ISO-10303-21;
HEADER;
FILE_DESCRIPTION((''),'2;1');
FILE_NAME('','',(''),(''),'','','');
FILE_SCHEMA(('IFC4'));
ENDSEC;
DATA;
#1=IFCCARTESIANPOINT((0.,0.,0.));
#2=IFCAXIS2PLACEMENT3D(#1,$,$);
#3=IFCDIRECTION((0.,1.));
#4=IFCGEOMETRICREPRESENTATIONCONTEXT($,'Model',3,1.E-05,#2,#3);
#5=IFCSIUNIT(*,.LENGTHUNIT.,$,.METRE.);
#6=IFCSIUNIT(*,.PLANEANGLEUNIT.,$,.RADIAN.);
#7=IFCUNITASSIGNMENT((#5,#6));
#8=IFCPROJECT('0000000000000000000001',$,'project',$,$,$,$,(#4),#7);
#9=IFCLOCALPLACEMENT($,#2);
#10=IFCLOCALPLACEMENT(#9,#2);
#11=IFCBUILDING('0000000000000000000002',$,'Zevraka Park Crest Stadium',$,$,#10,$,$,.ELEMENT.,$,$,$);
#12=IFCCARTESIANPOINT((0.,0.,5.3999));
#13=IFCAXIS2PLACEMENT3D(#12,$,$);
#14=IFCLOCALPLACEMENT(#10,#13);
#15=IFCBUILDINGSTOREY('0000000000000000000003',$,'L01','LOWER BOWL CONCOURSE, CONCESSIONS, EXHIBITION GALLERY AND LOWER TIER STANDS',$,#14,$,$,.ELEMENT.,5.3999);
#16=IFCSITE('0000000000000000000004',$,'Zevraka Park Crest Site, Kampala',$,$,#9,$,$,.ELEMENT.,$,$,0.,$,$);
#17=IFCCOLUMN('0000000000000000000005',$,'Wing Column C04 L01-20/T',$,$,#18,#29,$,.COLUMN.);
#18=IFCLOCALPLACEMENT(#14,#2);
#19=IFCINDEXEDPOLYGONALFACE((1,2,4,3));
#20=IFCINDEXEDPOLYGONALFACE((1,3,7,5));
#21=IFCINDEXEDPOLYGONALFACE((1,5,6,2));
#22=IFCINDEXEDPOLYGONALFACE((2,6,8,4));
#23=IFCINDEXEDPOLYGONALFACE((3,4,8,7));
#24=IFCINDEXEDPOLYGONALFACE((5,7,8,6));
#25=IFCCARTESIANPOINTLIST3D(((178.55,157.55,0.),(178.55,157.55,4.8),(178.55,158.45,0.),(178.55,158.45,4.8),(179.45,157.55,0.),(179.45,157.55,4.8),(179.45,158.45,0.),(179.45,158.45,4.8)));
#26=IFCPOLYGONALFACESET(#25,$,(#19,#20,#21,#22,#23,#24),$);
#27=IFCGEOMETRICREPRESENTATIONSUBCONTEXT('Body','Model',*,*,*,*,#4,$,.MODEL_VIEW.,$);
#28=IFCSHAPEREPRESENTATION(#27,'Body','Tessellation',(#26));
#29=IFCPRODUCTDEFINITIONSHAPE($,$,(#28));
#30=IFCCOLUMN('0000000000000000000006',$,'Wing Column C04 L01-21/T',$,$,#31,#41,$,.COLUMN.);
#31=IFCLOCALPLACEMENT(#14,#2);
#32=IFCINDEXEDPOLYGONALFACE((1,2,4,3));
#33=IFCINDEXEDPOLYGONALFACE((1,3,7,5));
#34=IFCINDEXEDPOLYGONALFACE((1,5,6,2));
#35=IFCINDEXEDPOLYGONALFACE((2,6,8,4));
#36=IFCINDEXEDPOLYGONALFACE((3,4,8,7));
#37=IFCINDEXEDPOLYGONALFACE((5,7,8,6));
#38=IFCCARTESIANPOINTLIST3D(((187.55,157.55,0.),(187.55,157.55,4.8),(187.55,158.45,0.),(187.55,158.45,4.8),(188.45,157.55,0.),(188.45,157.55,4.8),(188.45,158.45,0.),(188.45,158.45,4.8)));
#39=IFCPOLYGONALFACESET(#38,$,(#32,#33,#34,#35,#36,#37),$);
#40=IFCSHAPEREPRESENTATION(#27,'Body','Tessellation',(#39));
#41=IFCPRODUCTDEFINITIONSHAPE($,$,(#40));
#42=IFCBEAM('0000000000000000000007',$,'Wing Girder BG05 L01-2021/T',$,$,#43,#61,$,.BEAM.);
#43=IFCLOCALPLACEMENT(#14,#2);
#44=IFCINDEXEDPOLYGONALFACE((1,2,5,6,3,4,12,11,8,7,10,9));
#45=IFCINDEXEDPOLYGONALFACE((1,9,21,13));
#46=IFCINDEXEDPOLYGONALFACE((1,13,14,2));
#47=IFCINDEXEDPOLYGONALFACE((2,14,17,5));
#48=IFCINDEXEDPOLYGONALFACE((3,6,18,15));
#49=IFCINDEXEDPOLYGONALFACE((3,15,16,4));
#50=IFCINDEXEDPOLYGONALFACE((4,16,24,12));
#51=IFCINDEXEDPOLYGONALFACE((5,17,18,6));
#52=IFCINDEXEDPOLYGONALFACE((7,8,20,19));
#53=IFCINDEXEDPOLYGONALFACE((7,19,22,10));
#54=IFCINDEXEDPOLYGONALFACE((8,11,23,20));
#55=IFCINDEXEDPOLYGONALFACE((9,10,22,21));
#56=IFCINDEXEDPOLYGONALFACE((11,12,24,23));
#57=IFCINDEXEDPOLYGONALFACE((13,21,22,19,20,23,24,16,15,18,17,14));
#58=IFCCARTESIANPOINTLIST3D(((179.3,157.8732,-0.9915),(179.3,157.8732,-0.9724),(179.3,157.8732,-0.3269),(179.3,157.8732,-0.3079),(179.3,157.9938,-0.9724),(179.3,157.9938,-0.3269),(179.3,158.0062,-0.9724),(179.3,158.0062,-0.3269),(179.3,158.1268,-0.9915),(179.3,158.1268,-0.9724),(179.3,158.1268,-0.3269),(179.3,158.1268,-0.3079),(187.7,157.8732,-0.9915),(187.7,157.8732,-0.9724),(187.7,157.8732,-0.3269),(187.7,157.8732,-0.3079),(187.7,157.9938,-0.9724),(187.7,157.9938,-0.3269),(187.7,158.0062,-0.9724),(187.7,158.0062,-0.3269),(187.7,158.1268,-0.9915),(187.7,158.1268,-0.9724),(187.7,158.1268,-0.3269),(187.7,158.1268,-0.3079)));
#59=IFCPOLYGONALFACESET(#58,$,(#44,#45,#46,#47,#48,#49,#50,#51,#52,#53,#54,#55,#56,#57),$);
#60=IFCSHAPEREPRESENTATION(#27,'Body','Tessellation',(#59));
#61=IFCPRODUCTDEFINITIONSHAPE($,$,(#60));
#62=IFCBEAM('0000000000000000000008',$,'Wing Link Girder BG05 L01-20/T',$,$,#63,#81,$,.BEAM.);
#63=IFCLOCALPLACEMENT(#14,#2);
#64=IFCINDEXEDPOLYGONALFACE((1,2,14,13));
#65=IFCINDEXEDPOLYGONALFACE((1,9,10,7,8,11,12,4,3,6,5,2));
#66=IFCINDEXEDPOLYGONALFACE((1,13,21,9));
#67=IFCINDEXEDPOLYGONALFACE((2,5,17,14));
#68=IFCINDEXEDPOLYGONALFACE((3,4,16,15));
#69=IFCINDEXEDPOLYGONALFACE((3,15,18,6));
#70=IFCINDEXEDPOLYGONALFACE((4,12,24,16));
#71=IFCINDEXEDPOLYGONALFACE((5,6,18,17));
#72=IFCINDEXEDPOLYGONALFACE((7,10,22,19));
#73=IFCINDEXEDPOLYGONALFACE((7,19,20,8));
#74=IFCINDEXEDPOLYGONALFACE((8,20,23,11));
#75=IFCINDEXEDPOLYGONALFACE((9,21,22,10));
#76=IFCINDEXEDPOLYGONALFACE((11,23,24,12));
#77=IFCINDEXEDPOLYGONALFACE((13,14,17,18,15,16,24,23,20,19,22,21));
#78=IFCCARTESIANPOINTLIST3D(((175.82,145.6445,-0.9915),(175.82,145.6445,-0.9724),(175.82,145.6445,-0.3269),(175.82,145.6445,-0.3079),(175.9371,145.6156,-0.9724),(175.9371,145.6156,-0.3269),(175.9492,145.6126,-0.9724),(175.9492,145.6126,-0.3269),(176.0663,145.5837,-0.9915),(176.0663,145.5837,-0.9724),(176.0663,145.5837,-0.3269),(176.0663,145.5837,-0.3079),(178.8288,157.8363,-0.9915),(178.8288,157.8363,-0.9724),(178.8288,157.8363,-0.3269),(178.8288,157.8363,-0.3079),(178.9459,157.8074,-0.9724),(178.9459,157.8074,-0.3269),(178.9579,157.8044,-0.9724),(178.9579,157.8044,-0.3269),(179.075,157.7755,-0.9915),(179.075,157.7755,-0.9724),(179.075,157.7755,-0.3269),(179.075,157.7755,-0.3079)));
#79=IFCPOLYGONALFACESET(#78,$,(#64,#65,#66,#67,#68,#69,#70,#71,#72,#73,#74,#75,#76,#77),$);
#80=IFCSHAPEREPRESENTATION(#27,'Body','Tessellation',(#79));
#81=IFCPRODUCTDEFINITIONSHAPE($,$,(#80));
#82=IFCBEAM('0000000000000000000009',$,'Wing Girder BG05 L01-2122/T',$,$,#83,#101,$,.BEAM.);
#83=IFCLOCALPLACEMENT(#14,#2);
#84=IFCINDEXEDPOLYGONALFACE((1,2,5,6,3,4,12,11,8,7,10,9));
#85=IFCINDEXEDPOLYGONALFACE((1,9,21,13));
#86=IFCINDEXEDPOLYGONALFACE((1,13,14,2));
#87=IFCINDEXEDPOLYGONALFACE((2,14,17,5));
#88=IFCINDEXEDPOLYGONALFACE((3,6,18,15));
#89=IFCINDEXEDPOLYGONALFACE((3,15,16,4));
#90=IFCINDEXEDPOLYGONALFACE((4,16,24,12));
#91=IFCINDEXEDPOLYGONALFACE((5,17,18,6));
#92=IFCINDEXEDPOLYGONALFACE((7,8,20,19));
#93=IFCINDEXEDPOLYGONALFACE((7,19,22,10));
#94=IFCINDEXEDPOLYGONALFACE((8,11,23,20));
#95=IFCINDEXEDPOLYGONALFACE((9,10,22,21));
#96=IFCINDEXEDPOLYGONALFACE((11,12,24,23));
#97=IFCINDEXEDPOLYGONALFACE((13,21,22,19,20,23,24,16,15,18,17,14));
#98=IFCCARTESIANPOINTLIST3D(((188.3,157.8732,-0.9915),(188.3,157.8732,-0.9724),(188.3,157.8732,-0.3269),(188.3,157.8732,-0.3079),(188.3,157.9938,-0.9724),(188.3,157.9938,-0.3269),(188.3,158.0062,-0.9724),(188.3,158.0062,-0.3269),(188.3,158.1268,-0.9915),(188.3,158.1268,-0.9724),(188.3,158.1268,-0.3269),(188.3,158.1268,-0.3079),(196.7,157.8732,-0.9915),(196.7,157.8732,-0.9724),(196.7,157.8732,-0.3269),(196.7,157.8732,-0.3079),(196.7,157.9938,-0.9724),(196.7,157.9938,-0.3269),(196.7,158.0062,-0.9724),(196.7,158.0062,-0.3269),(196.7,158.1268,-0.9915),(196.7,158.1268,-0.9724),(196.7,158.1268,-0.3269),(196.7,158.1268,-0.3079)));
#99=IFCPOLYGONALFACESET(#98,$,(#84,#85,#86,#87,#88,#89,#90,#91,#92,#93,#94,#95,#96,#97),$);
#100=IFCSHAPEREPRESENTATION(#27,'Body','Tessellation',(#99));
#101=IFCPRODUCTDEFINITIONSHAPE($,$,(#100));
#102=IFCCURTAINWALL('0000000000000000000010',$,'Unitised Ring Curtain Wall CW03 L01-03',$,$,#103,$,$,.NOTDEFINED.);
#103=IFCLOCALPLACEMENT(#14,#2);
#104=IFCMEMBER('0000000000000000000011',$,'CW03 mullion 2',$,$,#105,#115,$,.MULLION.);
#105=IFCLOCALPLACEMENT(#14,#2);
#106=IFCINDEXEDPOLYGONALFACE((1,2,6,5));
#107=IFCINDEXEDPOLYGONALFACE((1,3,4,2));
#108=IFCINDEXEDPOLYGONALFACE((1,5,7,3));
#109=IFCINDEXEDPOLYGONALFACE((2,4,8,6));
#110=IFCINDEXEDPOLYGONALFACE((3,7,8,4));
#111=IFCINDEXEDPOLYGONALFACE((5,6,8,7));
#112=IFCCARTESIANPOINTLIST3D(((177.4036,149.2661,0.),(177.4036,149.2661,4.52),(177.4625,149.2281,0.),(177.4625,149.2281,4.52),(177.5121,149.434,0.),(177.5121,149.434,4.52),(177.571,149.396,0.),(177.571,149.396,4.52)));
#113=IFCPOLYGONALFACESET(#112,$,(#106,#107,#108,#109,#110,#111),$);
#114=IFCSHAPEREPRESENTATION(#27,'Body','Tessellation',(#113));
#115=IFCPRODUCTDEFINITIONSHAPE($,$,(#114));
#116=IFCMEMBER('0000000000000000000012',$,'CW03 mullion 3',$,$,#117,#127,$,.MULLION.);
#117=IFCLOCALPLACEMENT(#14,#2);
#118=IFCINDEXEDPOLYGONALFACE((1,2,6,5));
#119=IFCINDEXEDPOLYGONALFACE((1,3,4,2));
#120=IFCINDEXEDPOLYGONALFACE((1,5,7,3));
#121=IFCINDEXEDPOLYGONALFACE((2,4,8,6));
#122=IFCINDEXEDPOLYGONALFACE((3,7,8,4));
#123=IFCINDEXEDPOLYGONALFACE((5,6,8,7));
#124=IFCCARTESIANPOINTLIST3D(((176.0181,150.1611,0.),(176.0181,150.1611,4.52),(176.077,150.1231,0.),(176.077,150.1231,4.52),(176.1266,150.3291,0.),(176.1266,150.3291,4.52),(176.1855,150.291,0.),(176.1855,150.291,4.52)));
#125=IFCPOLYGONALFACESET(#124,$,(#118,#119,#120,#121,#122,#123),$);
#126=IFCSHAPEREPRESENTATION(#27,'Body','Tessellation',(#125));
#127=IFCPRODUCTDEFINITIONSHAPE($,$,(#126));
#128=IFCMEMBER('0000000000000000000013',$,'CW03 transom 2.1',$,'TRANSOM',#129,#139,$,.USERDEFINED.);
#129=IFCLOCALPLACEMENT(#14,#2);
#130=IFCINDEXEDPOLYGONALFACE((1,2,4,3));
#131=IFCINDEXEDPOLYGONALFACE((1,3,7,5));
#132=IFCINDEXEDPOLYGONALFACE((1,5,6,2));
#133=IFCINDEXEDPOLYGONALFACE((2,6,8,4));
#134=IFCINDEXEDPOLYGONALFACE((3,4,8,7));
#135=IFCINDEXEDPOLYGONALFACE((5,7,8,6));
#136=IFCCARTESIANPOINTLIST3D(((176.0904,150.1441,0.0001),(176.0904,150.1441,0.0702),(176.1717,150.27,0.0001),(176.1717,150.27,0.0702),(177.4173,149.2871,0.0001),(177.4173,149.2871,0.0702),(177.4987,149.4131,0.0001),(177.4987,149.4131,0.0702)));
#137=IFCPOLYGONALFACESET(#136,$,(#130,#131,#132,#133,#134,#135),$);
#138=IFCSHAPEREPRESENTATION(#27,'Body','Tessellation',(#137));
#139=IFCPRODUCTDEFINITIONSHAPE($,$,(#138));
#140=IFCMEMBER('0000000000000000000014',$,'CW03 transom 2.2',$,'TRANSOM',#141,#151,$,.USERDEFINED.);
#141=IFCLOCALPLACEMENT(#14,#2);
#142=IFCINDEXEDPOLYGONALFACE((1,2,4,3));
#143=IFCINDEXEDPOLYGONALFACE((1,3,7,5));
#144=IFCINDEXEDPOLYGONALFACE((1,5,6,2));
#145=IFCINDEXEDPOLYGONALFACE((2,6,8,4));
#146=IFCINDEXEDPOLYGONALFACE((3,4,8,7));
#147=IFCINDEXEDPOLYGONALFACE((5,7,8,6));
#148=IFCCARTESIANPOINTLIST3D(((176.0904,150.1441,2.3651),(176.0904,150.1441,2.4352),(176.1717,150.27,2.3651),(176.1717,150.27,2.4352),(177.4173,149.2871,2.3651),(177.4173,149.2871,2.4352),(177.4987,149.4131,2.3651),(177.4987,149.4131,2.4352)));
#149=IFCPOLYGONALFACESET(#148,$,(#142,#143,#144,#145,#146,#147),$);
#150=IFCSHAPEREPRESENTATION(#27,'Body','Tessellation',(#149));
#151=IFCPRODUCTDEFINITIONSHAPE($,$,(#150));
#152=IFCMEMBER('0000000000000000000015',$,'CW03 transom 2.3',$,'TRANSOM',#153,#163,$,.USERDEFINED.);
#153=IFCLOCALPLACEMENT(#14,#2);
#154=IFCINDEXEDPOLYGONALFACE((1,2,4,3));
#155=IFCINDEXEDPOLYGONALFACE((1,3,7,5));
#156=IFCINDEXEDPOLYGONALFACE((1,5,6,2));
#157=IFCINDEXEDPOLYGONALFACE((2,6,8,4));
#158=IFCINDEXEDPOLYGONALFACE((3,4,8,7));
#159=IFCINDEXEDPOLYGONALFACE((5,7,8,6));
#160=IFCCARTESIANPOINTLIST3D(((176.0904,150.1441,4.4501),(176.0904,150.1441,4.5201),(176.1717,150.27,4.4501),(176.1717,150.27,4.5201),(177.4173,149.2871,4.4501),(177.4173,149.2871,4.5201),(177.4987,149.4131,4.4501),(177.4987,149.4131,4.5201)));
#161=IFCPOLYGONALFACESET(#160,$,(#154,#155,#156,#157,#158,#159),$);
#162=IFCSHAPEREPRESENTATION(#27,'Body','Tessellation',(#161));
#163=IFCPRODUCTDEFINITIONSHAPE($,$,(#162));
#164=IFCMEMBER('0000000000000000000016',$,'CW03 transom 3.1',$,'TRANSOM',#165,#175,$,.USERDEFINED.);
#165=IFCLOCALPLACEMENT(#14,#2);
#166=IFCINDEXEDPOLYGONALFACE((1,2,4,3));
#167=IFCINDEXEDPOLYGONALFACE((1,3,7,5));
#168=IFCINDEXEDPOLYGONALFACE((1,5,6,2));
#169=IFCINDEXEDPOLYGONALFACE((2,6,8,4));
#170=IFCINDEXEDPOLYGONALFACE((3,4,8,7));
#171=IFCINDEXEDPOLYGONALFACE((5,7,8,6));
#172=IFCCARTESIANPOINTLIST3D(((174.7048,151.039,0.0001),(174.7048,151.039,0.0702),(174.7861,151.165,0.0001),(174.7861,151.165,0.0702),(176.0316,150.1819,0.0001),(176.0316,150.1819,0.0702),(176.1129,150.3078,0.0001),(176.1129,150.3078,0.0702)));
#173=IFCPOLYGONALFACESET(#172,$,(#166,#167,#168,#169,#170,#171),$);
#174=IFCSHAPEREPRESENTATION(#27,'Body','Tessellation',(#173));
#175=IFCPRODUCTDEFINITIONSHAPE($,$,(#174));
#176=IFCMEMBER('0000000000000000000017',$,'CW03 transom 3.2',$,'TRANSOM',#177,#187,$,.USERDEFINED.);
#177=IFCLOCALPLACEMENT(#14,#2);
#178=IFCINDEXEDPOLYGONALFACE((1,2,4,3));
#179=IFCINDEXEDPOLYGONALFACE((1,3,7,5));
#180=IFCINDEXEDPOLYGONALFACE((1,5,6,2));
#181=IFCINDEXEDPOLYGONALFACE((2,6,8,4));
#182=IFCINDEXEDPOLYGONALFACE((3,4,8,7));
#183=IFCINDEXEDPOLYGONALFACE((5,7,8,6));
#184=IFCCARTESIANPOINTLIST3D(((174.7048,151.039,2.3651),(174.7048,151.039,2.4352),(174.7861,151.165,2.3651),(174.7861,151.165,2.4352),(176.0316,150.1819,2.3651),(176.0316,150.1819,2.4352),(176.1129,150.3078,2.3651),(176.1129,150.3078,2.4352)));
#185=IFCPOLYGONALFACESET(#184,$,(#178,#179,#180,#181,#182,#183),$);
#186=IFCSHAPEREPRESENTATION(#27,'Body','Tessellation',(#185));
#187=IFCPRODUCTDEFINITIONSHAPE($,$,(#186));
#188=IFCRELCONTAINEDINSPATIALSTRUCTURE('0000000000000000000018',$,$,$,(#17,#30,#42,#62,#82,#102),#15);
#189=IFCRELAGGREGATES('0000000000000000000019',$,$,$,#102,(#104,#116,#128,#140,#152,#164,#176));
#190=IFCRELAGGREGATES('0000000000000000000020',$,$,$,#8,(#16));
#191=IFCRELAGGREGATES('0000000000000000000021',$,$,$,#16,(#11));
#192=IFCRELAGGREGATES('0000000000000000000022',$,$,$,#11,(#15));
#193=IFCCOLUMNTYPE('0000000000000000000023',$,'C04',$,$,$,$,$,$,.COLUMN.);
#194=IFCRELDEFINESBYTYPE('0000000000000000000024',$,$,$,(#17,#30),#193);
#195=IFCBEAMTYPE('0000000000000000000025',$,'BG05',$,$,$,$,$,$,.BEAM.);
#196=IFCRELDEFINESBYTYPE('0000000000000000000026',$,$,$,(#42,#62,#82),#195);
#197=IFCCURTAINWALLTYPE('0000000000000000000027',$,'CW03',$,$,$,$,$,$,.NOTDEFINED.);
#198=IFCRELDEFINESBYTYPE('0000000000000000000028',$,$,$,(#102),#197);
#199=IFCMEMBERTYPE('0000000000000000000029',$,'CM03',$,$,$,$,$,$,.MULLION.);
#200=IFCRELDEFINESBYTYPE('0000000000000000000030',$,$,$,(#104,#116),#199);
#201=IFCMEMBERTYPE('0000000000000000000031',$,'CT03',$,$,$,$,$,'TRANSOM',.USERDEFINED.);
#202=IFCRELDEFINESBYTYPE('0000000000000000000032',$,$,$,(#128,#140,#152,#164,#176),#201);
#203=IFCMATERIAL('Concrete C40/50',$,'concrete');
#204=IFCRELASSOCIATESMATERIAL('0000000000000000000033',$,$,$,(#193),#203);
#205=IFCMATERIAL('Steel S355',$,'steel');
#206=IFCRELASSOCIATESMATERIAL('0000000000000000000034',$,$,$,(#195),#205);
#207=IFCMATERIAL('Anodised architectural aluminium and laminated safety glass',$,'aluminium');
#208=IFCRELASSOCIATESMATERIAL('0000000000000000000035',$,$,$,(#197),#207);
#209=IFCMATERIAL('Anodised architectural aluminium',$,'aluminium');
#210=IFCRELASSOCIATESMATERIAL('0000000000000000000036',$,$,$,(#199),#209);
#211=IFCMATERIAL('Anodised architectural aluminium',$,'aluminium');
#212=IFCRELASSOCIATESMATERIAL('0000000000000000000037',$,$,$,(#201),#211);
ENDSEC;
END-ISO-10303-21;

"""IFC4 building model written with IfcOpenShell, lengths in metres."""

from ifc_helpers import new_model, si_unit, direction, frame, origin, origin_2d, place, context, subcontext, project, spatial, rectangle, i_section, extrude, material, material_profile, profile_set, type_object, element, aggregate, save


model = new_model("IFC4")

# Units and contexts
model_context = context("Model", 3, precision=1e-05, world=origin(), true_north=direction((0.0, 1.0)))
body_context = subcontext(model_context, "Body", "Model", "MODEL_VIEW")
ifc_project = project(units=[si_unit("LENGTHUNIT", "METRE"), si_unit("PLANEANGLEUNIT", "RADIAN")], contexts=[model_context])

# Site, building, storey
site_placement = place(None, origin())
site = spatial("IfcSite", under=ifc_project, at=site_placement, Name="Zevraka Park Crest Site, Kampala", CompositionType="ELEMENT", RefElevation=0.0)
building_placement = place(site_placement, origin())
building = spatial("IfcBuilding", under=site, at=building_placement, Name="Zevraka Park Crest Stadium", CompositionType="ELEMENT")
storey_placement = place(building_placement, frame((0.0, 0.0, 5.3999)))
storey = spatial("IfcBuildingStorey", under=building, at=storey_placement, Name="L01", Description="LOWER BOWL CONCOURSE, CONCESSIONS, EXHIBITION GALLERY AND LOWER TIER STANDS", CompositionType="ELEMENT", Elevation=5.3999)

# Columns
ifc_material_1 = material(Name="Concrete C40/50", Category="concrete")
ifc_material_profile_1 = material_profile(ifc_material_1, rectangle(XDim=0.8999, YDim=0.8999, at=origin_2d()), Name="RC 900x900")
ifc_profile_set_1 = profile_set([ifc_material_profile_1], Name="Concrete C40/50")
column_type = type_object("IfcColumnType", Name="C04", PredefinedType="COLUMN", material=ifc_profile_set_1)
for number, where, z_axis, x_axis, name in (
    (1, (179.0, 158.0, 0.0), (0.0, 0.0, 1.0), (1.0, 0.0, 0.0), "Wing Column C04 L01-20/T"),
    (2, (188.0, 158.0, 0.0), (0.0, 0.0, 1.0), (1.0, 0.0, 0.0), "Wing Column C04 L01-21/T"),
):
    element("IfcColumn", number, at=place(storey_placement, frame(where, z_axis=z_axis, x_axis=x_axis)), inside=storey, type_object=column_type, Name=name, PredefinedType="COLUMN", context=body_context, shape_type="SweptSolid", body=[
        extrude(rectangle(XDim=0.8999, YDim=0.8999, at=origin_2d()), origin(), (0.0, 0.0, 1.0), 4.8),
    ])

# Beams
ifc_material_2 = material(Name="Steel S355", Category="steel")
ifc_material_profile_2 = material_profile(ifc_material_2, i_section(OverallWidth=0.2537, OverallDepth=0.6836, WebThickness=0.0125, FlangeThickness=0.019, at=origin_2d()), Name="UKB 686x254x140")
ifc_profile_set_2 = profile_set([ifc_material_profile_2], Name="Steel S355")
beam_type = type_object("IfcBeamType", Name="BG05", PredefinedType="BEAM", material=ifc_profile_set_2)
beam_1_placement = place(storey_placement, frame((179.3, 158.0, -0.6497), z_axis=(1.0, 0.0, 0.0), x_axis=(0.0, 1.0, 0.0)))
element("IfcBeam", 3, at=beam_1_placement, inside=storey, type_object=beam_type, Name="Wing Girder BG05 L01-2021/T", PredefinedType="BEAM", context=body_context, shape_type="SweptSolid", body=[
    extrude(i_section(OverallWidth=0.2537, OverallDepth=0.6836, WebThickness=0.0125, FlangeThickness=0.019, at=origin_2d()), origin(), (0.0, 0.0, 1.0), 8.3999),
])
beam_2_placement = place(storey_placement, frame((178.9519, 157.8059, -0.6497), z_axis=(-0.239598, -0.970872, 0.0), x_axis=(0.970872, -0.239598, 0.0)))
element("IfcBeam", 4, at=beam_2_placement, inside=storey, type_object=beam_type, Name="Wing Link Girder BG05 L01-20/T", PredefinedType="BEAM", context=body_context, shape_type="SweptSolid", body=[
    extrude(i_section(OverallWidth=0.2537, OverallDepth=0.6836, WebThickness=0.0125, FlangeThickness=0.019, at=origin_2d()), origin(), (0.0, 0.0, 1.0), 12.5576),
])
beam_3_placement = place(storey_placement, frame((188.3, 158.0, -0.6497), z_axis=(1.0, 0.0, 0.0), x_axis=(0.0, 1.0, 0.0)))
element("IfcBeam", 5, at=beam_3_placement, inside=storey, type_object=beam_type, Name="Wing Girder BG05 L01-2122/T", PredefinedType="BEAM", context=body_context, shape_type="SweptSolid", body=[
    extrude(i_section(OverallWidth=0.2537, OverallDepth=0.6836, WebThickness=0.0125, FlangeThickness=0.019, at=origin_2d()), origin(), (0.0, 0.0, 1.0), 8.3999),
])

# Curtain wall, members
ifc_material_3 = material(Name="Anodised architectural aluminium and laminated safety glass", Category="aluminium")
curtain_wall_type = type_object("IfcCurtainWallType", Name="CW03", PredefinedType="NOTDEFINED", material=ifc_material_3)
curtain_wall_placement = place(storey_placement, origin())
curtain_wall = element("IfcCurtainWall", 6, at=curtain_wall_placement, inside=storey, type_object=curtain_wall_type, Name="Unitised Ring Curtain Wall CW03 L01-03", PredefinedType="NOTDEFINED")
ifc_material_4 = material(Name="Anodised architectural aluminium", Category="aluminium")
ifc_material_profile_3 = material_profile(ifc_material_4, rectangle(XDim=0.2, YDim=0.0701, at=origin_2d()), Name="ALU MULLION 200x70")
ifc_profile_set_3 = profile_set([ifc_material_profile_3], Name="Anodised architectural aluminium")
member_type_1 = type_object("IfcMemberType", Name="CM03", PredefinedType="MULLION", material=ifc_profile_set_3)
member_1_placement = place(storey_placement, frame((177.4873, 149.3311, 0.0), z_axis=(0.0, 0.0, 1.0), x_axis=(-0.542571, -0.84001, 0.0)))
member_1 = element("IfcMember", 7, at=member_1_placement, type_object=member_type_1, Name="CW03 mullion 2", PredefinedType="MULLION", context=body_context, shape_type="SweptSolid", body=[
    extrude(rectangle(XDim=0.2, YDim=0.0701, at=origin_2d()), origin(), (0.0, 0.0, 1.0), 4.52),
])
member_2_placement = place(storey_placement, frame((176.1018, 150.2261, 0.0), z_axis=(0.0, 0.0, 1.0), x_axis=(-0.542571, -0.84001, 0.0)))
member_2 = element("IfcMember", 8, at=member_2_placement, type_object=member_type_1, Name="CW03 mullion 3", PredefinedType="MULLION", context=body_context, shape_type="SweptSolid", body=[
    extrude(rectangle(XDim=0.2, YDim=0.0701, at=origin_2d()), origin(), (0.0, 0.0, 1.0), 4.52),
])
ifc_material_5 = material(Name="Anodised architectural aluminium", Category="aluminium")
ifc_material_profile_4 = material_profile(ifc_material_5, rectangle(XDim=0.1499, YDim=0.0701, at=origin_2d()), Name="ALU TRANSOM 150x70")
ifc_profile_set_4 = profile_set([ifc_material_profile_4], Name="Anodised architectural aluminium")
member_type_2 = type_object("IfcMemberType", Name="CT03", ElementType="TRANSOM", PredefinedType="USERDEFINED", material=ifc_profile_set_4)
member_3_placement = place(storey_placement, frame((177.458, 149.3501, 0.0352), z_axis=(-0.840047, 0.542514, 0.0), x_axis=(-0.542514, -0.840047, 0.0)))
member_3 = element("IfcMember", 9, at=member_3_placement, type_object=member_type_2, Name="CW03 transom 2.1", ObjectType="TRANSOM", PredefinedType="USERDEFINED", context=body_context, shape_type="SweptSolid", body=[
    extrude(rectangle(XDim=0.1499, YDim=0.0701, at=origin_2d()), origin(), (0.0, 0.0, 1.0), 1.5796),
])
member_4_placement = place(storey_placement, frame((177.458, 149.3501, 2.4001), z_axis=(-0.840047, 0.542514, 0.0), x_axis=(-0.542514, -0.840047, 0.0)))
member_4 = element("IfcMember", 10, at=member_4_placement, type_object=member_type_2, Name="CW03 transom 2.2", ObjectType="TRANSOM", PredefinedType="USERDEFINED", context=body_context, shape_type="SweptSolid", body=[
    extrude(rectangle(XDim=0.1499, YDim=0.0701, at=origin_2d()), origin(), (0.0, 0.0, 1.0), 1.5796),
])
member_5_placement = place(storey_placement, frame((177.458, 149.3501, 4.4851), z_axis=(-0.840047, 0.542514, 0.0), x_axis=(-0.542514, -0.840047, 0.0)))
member_5 = element("IfcMember", 11, at=member_5_placement, type_object=member_type_2, Name="CW03 transom 2.3", ObjectType="TRANSOM", PredefinedType="USERDEFINED", context=body_context, shape_type="SweptSolid", body=[
    extrude(rectangle(XDim=0.1499, YDim=0.0701, at=origin_2d()), origin(), (0.0, 0.0, 1.0), 1.5796),
])
member_6_placement = place(storey_placement, frame((176.0723, 150.2449, 0.0352), z_axis=(-0.839976, 0.542623, 0.0), x_axis=(-0.542623, -0.839976, 0.0)))
member_6 = element("IfcMember", 12, at=member_6_placement, type_object=member_type_2, Name="CW03 transom 3.1", ObjectType="TRANSOM", PredefinedType="USERDEFINED", context=body_context, shape_type="SweptSolid", body=[
    extrude(rectangle(XDim=0.1499, YDim=0.0701, at=origin_2d()), origin(), (0.0, 0.0, 1.0), 1.5796),
])
member_7_placement = place(storey_placement, frame((176.0723, 150.2449, 2.4001), z_axis=(-0.839976, 0.542623, 0.0), x_axis=(-0.542623, -0.839976, 0.0)))
member_7 = element("IfcMember", 13, at=member_7_placement, type_object=member_type_2, Name="CW03 transom 3.2", ObjectType="TRANSOM", PredefinedType="USERDEFINED", context=body_context, shape_type="SweptSolid", body=[
    extrude(rectangle(XDim=0.1499, YDim=0.0701, at=origin_2d()), origin(), (0.0, 0.0, 1.0), 1.5796),
])
aggregate(curtain_wall, [member_1, member_2, member_3, member_4, member_5, member_6, member_7])

save(model, "model.ifc")
